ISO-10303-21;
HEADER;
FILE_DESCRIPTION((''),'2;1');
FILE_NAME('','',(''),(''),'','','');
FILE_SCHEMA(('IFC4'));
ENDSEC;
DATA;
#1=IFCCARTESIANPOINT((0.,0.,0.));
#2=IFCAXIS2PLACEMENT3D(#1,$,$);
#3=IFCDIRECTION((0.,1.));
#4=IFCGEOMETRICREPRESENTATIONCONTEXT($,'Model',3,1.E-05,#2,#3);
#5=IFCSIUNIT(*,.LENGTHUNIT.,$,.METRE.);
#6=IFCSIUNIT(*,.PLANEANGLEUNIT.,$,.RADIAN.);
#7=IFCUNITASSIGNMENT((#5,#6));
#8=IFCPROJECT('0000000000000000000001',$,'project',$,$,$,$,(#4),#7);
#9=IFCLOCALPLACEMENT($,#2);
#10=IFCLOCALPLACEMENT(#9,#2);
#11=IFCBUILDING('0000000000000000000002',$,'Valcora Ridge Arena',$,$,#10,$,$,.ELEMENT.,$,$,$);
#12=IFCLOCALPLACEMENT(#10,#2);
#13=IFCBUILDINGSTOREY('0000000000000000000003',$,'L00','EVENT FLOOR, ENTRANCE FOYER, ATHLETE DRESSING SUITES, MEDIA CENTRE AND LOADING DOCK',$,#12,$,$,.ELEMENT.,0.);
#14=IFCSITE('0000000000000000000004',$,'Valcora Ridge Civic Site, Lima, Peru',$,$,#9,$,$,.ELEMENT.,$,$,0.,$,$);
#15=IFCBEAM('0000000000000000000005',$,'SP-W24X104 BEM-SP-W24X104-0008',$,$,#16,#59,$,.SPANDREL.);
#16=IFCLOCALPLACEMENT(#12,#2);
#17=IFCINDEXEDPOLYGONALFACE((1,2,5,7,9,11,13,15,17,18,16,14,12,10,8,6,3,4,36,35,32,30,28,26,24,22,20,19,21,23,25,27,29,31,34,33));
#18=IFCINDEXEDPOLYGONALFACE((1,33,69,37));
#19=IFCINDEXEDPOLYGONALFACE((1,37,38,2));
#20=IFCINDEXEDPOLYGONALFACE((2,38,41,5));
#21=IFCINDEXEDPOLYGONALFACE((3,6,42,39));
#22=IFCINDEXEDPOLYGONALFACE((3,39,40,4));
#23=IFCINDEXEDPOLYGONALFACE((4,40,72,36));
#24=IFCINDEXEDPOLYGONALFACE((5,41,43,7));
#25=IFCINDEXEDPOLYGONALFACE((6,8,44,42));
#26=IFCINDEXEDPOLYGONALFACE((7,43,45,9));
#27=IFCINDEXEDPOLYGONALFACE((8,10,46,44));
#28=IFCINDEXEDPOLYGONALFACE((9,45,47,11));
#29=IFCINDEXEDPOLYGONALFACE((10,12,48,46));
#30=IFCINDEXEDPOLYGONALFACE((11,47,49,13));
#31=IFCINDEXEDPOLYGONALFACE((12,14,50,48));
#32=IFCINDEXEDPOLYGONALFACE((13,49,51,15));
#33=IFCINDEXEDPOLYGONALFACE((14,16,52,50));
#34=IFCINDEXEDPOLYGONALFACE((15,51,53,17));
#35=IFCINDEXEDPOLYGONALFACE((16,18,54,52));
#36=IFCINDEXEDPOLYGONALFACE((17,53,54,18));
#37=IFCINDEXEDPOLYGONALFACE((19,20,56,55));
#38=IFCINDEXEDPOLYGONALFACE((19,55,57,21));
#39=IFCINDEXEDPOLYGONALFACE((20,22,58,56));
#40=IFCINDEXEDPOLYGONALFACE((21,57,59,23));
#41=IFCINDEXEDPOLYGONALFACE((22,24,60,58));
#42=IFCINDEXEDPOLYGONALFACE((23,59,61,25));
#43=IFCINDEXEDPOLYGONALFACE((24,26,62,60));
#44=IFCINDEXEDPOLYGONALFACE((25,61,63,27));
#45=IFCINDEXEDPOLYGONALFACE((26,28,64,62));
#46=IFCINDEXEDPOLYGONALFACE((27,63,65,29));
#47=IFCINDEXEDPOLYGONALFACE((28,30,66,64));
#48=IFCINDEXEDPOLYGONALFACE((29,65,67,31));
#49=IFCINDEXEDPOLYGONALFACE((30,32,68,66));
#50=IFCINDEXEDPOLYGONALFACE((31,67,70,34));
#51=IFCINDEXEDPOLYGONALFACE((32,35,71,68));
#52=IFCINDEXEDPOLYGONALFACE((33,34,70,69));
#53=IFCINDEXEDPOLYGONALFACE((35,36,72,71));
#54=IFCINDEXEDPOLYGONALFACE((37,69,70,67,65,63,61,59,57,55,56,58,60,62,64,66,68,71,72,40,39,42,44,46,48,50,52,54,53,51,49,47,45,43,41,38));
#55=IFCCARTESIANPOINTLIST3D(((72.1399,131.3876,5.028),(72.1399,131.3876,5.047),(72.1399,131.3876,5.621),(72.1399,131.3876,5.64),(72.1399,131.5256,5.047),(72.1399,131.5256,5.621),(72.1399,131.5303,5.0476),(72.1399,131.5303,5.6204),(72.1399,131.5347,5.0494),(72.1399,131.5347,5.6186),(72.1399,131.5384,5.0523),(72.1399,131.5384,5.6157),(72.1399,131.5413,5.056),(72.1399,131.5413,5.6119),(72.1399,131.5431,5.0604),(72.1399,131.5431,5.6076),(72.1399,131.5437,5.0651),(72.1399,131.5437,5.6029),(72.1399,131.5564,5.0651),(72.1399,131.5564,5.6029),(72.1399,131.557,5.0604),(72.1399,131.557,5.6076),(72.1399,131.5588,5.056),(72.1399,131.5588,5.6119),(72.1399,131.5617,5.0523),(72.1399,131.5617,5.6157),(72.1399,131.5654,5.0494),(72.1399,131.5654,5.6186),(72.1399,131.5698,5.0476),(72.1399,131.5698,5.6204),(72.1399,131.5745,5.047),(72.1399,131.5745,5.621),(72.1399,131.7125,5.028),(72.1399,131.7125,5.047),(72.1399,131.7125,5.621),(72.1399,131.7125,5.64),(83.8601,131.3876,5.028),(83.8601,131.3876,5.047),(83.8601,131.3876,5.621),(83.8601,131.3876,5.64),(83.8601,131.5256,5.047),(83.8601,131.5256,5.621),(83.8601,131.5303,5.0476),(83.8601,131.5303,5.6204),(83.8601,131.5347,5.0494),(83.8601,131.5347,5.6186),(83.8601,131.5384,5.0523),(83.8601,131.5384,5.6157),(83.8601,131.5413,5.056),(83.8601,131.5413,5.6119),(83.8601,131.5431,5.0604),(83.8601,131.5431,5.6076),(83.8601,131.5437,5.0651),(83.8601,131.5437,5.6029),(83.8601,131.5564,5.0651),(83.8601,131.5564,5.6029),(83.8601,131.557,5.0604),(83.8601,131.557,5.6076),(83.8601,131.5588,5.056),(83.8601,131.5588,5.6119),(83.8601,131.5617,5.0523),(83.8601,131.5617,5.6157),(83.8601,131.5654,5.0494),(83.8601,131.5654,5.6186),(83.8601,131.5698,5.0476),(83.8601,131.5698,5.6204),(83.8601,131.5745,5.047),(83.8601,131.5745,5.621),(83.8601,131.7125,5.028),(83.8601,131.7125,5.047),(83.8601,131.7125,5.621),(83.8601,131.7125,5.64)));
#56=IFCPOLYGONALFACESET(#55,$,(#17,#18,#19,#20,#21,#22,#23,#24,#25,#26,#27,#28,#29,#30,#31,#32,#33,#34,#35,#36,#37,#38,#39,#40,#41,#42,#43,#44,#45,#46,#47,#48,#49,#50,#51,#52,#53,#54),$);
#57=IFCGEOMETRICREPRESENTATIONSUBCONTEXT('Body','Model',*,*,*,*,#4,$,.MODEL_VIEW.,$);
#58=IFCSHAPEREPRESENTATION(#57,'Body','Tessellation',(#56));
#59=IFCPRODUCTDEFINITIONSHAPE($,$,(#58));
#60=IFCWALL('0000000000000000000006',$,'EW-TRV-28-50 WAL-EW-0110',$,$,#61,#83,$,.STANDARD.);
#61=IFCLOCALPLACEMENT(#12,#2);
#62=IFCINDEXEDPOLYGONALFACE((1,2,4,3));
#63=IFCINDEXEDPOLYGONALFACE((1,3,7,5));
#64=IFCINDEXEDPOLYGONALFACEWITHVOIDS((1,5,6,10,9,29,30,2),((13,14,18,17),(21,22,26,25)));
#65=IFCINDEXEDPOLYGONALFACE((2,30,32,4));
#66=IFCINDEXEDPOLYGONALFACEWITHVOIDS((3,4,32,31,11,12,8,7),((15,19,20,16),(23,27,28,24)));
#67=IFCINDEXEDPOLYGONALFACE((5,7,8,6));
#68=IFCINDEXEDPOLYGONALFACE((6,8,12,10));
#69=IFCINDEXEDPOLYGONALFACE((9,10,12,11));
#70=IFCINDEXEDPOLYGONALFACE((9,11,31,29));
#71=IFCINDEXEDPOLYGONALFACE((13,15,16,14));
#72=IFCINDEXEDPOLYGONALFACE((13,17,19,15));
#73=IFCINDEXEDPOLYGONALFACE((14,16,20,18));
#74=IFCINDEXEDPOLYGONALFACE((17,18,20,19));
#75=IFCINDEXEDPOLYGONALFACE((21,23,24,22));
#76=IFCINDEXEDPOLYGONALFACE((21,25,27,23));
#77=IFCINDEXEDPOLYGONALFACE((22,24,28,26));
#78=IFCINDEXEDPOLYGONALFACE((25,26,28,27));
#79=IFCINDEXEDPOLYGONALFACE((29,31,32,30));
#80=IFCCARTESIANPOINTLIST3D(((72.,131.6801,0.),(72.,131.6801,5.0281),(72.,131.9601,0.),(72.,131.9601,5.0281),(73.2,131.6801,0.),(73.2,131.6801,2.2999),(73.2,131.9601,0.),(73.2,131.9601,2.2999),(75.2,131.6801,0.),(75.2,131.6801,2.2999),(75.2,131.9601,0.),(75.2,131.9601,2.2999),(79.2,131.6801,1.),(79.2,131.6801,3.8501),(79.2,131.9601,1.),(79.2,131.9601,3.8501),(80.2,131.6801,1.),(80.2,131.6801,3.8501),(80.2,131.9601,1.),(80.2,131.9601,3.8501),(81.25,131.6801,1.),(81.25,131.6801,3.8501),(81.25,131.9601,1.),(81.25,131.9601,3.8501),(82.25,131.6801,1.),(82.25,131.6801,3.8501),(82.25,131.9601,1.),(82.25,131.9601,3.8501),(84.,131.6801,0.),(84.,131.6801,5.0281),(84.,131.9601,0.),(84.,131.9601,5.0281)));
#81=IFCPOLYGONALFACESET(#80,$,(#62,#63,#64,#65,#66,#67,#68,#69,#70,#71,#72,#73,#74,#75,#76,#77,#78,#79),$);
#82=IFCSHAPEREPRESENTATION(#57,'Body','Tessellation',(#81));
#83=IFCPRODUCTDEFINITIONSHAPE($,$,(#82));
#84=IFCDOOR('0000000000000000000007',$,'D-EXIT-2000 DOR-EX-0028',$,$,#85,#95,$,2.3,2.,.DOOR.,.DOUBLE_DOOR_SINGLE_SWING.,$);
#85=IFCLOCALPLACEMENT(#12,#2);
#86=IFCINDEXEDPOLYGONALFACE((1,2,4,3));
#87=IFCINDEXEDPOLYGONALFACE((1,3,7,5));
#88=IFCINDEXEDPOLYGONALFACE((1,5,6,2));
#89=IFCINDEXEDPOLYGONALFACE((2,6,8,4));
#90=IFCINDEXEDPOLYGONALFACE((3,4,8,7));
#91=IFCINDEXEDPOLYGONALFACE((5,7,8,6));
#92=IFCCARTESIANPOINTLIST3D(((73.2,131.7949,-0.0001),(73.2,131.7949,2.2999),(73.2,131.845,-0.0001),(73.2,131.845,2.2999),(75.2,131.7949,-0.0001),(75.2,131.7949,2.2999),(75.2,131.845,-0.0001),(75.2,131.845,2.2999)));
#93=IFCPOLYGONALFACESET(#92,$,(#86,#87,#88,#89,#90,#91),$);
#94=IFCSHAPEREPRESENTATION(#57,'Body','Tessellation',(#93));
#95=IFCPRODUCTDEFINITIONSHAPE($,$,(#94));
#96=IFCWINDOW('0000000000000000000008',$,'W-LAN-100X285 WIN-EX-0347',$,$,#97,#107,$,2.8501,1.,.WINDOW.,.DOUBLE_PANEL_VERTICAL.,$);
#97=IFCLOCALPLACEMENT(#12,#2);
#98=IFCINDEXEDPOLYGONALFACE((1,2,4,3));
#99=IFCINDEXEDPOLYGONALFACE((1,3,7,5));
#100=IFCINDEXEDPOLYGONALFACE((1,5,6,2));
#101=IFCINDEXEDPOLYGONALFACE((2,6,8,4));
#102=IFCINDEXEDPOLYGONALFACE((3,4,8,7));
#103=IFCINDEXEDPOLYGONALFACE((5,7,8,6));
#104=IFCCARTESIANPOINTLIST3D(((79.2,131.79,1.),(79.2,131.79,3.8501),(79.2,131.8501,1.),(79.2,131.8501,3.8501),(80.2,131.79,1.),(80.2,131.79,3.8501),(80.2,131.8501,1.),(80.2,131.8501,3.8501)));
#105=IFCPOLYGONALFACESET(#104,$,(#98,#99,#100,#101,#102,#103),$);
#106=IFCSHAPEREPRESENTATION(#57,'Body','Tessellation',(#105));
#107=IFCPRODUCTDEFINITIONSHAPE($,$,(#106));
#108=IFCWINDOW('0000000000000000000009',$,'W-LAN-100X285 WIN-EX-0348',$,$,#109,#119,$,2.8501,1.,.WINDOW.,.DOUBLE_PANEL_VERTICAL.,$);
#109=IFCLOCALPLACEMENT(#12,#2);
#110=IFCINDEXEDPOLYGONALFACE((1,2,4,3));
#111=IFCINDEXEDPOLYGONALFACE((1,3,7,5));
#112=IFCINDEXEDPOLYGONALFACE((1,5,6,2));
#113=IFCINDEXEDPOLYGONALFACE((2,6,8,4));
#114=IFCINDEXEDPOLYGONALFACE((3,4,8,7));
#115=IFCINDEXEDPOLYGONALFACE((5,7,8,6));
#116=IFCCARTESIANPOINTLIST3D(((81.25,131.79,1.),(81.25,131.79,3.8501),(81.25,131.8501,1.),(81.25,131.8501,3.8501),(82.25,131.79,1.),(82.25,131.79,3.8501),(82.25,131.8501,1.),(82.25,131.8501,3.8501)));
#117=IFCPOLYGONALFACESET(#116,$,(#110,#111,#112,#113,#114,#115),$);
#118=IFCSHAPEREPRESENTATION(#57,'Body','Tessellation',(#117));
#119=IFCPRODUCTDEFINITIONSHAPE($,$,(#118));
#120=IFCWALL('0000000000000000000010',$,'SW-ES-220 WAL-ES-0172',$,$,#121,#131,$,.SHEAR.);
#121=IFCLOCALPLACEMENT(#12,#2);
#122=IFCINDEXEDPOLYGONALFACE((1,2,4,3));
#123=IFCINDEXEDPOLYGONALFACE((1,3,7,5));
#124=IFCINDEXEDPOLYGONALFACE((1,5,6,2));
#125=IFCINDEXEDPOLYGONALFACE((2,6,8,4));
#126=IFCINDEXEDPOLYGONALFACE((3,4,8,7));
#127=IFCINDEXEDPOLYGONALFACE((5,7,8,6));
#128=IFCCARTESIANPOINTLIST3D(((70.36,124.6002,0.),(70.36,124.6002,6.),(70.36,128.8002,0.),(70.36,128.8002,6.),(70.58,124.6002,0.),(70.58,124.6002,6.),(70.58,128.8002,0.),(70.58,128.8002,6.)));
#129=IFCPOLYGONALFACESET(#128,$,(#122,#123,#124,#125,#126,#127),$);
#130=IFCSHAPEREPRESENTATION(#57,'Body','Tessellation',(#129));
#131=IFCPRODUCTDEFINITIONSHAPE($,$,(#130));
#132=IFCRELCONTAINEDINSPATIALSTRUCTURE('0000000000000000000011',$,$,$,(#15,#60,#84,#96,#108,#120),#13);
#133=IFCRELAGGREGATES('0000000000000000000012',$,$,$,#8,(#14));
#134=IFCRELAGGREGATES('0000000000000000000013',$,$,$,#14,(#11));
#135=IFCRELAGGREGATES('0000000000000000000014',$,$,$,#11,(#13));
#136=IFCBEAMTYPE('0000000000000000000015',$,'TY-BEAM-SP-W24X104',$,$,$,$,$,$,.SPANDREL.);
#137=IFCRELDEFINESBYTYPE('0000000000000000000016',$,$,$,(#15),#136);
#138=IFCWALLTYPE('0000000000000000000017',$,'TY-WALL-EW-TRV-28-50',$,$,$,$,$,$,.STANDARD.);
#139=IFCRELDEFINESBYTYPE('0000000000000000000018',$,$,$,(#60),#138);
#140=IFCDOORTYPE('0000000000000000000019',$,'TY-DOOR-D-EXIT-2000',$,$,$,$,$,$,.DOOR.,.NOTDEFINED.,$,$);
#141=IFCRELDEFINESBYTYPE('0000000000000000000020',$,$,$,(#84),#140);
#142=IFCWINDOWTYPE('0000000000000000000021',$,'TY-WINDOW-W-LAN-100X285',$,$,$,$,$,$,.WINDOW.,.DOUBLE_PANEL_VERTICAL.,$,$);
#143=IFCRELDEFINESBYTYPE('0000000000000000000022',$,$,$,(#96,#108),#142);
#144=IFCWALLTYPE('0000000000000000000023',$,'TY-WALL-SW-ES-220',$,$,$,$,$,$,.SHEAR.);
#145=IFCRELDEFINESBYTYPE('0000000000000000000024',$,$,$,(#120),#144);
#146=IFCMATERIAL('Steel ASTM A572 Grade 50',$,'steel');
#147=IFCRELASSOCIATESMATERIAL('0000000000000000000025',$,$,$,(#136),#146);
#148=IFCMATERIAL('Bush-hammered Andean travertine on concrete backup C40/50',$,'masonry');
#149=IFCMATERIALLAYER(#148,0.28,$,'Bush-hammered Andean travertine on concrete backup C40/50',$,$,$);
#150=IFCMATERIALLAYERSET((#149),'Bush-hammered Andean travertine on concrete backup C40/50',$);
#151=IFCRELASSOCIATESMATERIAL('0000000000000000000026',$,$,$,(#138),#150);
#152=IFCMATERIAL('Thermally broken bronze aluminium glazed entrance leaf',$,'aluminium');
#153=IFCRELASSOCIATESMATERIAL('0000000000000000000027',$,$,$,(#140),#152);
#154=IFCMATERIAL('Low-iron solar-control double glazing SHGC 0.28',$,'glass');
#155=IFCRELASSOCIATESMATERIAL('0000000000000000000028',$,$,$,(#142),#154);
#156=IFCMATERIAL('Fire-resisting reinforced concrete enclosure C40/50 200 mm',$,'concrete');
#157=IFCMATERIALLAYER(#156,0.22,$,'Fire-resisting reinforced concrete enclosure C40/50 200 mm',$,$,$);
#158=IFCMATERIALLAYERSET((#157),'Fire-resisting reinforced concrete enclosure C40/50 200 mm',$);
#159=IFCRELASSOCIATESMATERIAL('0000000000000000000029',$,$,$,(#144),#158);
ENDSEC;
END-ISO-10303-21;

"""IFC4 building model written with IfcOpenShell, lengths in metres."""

from ifc_helpers import new_model, si_unit, direction, frame, frame_2d, origin, origin_2d, place, context, subcontext, project, spatial, rectangle, i_section, extrude, material, layer, layer_set, material_profile, profile_set, type_object, element, fill, save


model = new_model("IFC4")

# Units and contexts
model_context = context("Model", 3, precision=1e-05, world=origin(), true_north=direction((0.0, 1.0)))
body_context = subcontext(model_context, "Body", "Model", "MODEL_VIEW")
ifc_project = project(units=[si_unit("LENGTHUNIT", "METRE"), si_unit("PLANEANGLEUNIT", "RADIAN")], contexts=[model_context])

# Site, building, storey
site_placement = place(None, origin())
site = spatial("IfcSite", under=ifc_project, at=site_placement, Name="Valcora Ridge Civic Site, Lima, Peru", CompositionType="ELEMENT", RefElevation=0.0)
building_placement = place(site_placement, origin())
building = spatial("IfcBuilding", under=site, at=building_placement, Name="Valcora Ridge Arena", CompositionType="ELEMENT")
storey_placement = place(building_placement, origin())
storey = spatial("IfcBuildingStorey", under=building, at=storey_placement, Name="L00", Description="EVENT FLOOR, ENTRANCE FOYER, ATHLETE DRESSING SUITES, MEDIA CENTRE AND LOADING DOCK", CompositionType="ELEMENT", Elevation=0.0)

# Beam
ifc_material_1 = material(Name="Steel ASTM A572 Grade 50", Category="steel")
ifc_material_profile_1 = material_profile(ifc_material_1, i_section(OverallWidth=0.325, OverallDepth=0.6121, WebThickness=0.0127, FlangeThickness=0.019, FilletRadius=0.0181, at=origin_2d()), Name="W24X104")
ifc_profile_set_1 = profile_set([ifc_material_profile_1], Name="Steel ASTM A572 Grade 50")
beam_type_1 = type_object("IfcBeamType", Name="TY-BEAM-SP-W24X104", PredefinedType="SPANDREL", material=ifc_profile_set_1)
beam_1_placement = place(storey_placement, frame((72.1399, 131.55, 5.334), z_axis=(1.0, 0.0, 0.0), x_axis=(0.0, 1.0, 0.0)))
element("IfcBeam", 1, at=beam_1_placement, inside=storey, type_object=beam_type_1, Name="SP-W24X104 BEM-SP-W24X104-0008", PredefinedType="SPANDREL", context=body_context, shape_type="SweptSolid", body=[
    extrude(i_section(OverallWidth=0.325, OverallDepth=0.6121, WebThickness=0.0127, FlangeThickness=0.019, FilletRadius=0.0181, at=origin_2d()), origin(), (0.0, 0.0, 1.0), 11.7202),
])

# Wall, openings, door, windows
ifc_material_2 = material(Name="Bush-hammered Andean travertine on concrete backup C40/50", Category="masonry")
ifc_layer_1 = layer(ifc_material_2, 0.28, Name="Bush-hammered Andean travertine on concrete backup C40/50")
ifc_layer_set_1 = layer_set([ifc_layer_1], Name="Bush-hammered Andean travertine on concrete backup C40/50")
wall_type_1 = type_object("IfcWallType", Name="TY-WALL-EW-TRV-28-50", PredefinedType="STANDARD", material=ifc_layer_set_1)
wall_1_placement = place(storey_placement, frame((72.0, 131.8201, 0.0), z_axis=(0.0, 0.0, 1.0), x_axis=(1.0, 0.0, 0.0)))
wall_1 = element("IfcWall", 2, at=wall_1_placement, inside=storey, type_object=wall_type_1, Name="EW-TRV-28-50 WAL-EW-0110", PredefinedType="STANDARD", context=body_context, shape_type="SweptSolid", body=[
    extrude(rectangle(XDim=12.0, YDim=0.28, at=frame_2d((6.0, 0.0))), origin(), (0.0, 0.0, 1.0), 5.0281),
])
opening_1_placement = place(wall_1_placement, frame((1.2, 0.0, 0.0)))
opening_1 = element("IfcOpeningElement", 3, at=opening_1_placement, cuts=wall_1, PredefinedType="OPENING", context=body_context, shape_type="SweptSolid", body=[
    extrude(rectangle(XDim=2.0, YDim=2.3, at=frame_2d((1.0, 1.1499))), frame((0.0, 0.1499, 0.0), z_axis=(0.0, -1.0, 0.0), x_axis=(1.0, 0.0, 0.0)), (0.0, 0.0, 1.0), 0.3),
])
opening_2_placement = place(wall_1_placement, frame((7.2, 0.0, 1.0)))
opening_2 = element("IfcOpeningElement", 4, at=opening_2_placement, cuts=wall_1, PredefinedType="OPENING", context=body_context, shape_type="SweptSolid", body=[
    extrude(rectangle(XDim=1.0, YDim=2.8501, at=frame_2d((0.5, 1.425))), frame((0.0, 0.1499, 0.0), z_axis=(0.0, -1.0, 0.0), x_axis=(1.0, 0.0, 0.0)), (0.0, 0.0, 1.0), 0.3),
])
opening_3_placement = place(wall_1_placement, frame((9.25, 0.0, 1.0)))
opening_3 = element("IfcOpeningElement", 5, at=opening_3_placement, cuts=wall_1, PredefinedType="OPENING", context=body_context, shape_type="SweptSolid", body=[
    extrude(rectangle(XDim=1.0, YDim=2.8501, at=frame_2d((0.5, 1.425))), frame((0.0, 0.1499, 0.0), z_axis=(0.0, -1.0, 0.0), x_axis=(1.0, 0.0, 0.0)), (0.0, 0.0, 1.0), 0.3),
])
ifc_material_3 = material(Name="Thermally broken bronze aluminium glazed entrance leaf", Category="aluminium")
door_type = type_object("IfcDoorType", Name="TY-DOOR-D-EXIT-2000", OperationType="NOTDEFINED", PredefinedType="DOOR", material=ifc_material_3)
door_placement = place(opening_1_placement, origin())
door = element("IfcDoor", 6, at=door_placement, inside=storey, type_object=door_type, Name="D-EXIT-2000 DOR-EX-0028", OperationType="DOUBLE_DOOR_SINGLE_SWING", OverallHeight=2.3, OverallWidth=2.0, PredefinedType="DOOR", context=body_context, shape_type="SweptSolid", body=[
    extrude(rectangle(XDim=2.0, YDim=2.3, at=frame_2d((1.0, 1.1499))), frame((0.0, 0.0249, 0.0), z_axis=(0.0, -1.0, 0.0), x_axis=(1.0, 0.0, 0.0)), (0.0, 0.0, 1.0), 0.05),
])
fill(opening_1, door)
ifc_material_4 = material(Name="Low-iron solar-control double glazing SHGC 0.28", Category="glass")
window_type = type_object("IfcWindowType", Name="TY-WINDOW-W-LAN-100X285", PartitioningType="DOUBLE_PANEL_VERTICAL", PredefinedType="WINDOW", material=ifc_material_4)
window_1_placement = place(opening_2_placement, origin())
window_1 = element("IfcWindow", 7, at=window_1_placement, inside=storey, type_object=window_type, Name="W-LAN-100X285 WIN-EX-0347", OverallHeight=2.8501, OverallWidth=1.0, PartitioningType="DOUBLE_PANEL_VERTICAL", PredefinedType="WINDOW", context=body_context, shape_type="SweptSolid", body=[
    extrude(rectangle(XDim=1.0, YDim=2.8501, at=frame_2d((0.5, 1.425))), frame((0.0, 0.03, 0.0), z_axis=(0.0, -1.0, 0.0), x_axis=(1.0, 0.0, 0.0)), (0.0, 0.0, 1.0), 0.0601),
])
fill(opening_2, window_1)
window_2_placement = place(opening_3_placement, origin())
window_2 = element("IfcWindow", 8, at=window_2_placement, inside=storey, type_object=window_type, Name="W-LAN-100X285 WIN-EX-0348", OverallHeight=2.8501, OverallWidth=1.0, PartitioningType="DOUBLE_PANEL_VERTICAL", PredefinedType="WINDOW", context=body_context, shape_type="SweptSolid", body=[
    extrude(rectangle(XDim=1.0, YDim=2.8501, at=frame_2d((0.5, 1.425))), frame((0.0, 0.03, 0.0), z_axis=(0.0, -1.0, 0.0), x_axis=(1.0, 0.0, 0.0)), (0.0, 0.0, 1.0), 0.0601),
])
fill(opening_3, window_2)

# Wall
ifc_material_5 = material(Name="Fire-resisting reinforced concrete enclosure C40/50 200 mm", Category="concrete")
ifc_layer_2 = layer(ifc_material_5, 0.22, Name="Fire-resisting reinforced concrete enclosure C40/50 200 mm")
ifc_layer_set_2 = layer_set([ifc_layer_2], Name="Fire-resisting reinforced concrete enclosure C40/50 200 mm")
wall_type_2 = type_object("IfcWallType", Name="TY-WALL-SW-ES-220", PredefinedType="SHEAR", material=ifc_layer_set_2)
wall_2_placement = place(storey_placement, frame((70.47, 124.6001, 0.0), z_axis=(0.0, 0.0, 1.0), x_axis=(0.0, 1.0, 0.0)))
element("IfcWall", 9, at=wall_2_placement, inside=storey, type_object=wall_type_2, Name="SW-ES-220 WAL-ES-0172", PredefinedType="SHEAR", context=body_context, shape_type="SweptSolid", body=[
    extrude(rectangle(XDim=4.2, YDim=0.22, at=frame_2d((2.1001, 0.0))), origin(), (0.0, 0.0, 1.0), 6.0),
])

save(model, "model.ifc")
